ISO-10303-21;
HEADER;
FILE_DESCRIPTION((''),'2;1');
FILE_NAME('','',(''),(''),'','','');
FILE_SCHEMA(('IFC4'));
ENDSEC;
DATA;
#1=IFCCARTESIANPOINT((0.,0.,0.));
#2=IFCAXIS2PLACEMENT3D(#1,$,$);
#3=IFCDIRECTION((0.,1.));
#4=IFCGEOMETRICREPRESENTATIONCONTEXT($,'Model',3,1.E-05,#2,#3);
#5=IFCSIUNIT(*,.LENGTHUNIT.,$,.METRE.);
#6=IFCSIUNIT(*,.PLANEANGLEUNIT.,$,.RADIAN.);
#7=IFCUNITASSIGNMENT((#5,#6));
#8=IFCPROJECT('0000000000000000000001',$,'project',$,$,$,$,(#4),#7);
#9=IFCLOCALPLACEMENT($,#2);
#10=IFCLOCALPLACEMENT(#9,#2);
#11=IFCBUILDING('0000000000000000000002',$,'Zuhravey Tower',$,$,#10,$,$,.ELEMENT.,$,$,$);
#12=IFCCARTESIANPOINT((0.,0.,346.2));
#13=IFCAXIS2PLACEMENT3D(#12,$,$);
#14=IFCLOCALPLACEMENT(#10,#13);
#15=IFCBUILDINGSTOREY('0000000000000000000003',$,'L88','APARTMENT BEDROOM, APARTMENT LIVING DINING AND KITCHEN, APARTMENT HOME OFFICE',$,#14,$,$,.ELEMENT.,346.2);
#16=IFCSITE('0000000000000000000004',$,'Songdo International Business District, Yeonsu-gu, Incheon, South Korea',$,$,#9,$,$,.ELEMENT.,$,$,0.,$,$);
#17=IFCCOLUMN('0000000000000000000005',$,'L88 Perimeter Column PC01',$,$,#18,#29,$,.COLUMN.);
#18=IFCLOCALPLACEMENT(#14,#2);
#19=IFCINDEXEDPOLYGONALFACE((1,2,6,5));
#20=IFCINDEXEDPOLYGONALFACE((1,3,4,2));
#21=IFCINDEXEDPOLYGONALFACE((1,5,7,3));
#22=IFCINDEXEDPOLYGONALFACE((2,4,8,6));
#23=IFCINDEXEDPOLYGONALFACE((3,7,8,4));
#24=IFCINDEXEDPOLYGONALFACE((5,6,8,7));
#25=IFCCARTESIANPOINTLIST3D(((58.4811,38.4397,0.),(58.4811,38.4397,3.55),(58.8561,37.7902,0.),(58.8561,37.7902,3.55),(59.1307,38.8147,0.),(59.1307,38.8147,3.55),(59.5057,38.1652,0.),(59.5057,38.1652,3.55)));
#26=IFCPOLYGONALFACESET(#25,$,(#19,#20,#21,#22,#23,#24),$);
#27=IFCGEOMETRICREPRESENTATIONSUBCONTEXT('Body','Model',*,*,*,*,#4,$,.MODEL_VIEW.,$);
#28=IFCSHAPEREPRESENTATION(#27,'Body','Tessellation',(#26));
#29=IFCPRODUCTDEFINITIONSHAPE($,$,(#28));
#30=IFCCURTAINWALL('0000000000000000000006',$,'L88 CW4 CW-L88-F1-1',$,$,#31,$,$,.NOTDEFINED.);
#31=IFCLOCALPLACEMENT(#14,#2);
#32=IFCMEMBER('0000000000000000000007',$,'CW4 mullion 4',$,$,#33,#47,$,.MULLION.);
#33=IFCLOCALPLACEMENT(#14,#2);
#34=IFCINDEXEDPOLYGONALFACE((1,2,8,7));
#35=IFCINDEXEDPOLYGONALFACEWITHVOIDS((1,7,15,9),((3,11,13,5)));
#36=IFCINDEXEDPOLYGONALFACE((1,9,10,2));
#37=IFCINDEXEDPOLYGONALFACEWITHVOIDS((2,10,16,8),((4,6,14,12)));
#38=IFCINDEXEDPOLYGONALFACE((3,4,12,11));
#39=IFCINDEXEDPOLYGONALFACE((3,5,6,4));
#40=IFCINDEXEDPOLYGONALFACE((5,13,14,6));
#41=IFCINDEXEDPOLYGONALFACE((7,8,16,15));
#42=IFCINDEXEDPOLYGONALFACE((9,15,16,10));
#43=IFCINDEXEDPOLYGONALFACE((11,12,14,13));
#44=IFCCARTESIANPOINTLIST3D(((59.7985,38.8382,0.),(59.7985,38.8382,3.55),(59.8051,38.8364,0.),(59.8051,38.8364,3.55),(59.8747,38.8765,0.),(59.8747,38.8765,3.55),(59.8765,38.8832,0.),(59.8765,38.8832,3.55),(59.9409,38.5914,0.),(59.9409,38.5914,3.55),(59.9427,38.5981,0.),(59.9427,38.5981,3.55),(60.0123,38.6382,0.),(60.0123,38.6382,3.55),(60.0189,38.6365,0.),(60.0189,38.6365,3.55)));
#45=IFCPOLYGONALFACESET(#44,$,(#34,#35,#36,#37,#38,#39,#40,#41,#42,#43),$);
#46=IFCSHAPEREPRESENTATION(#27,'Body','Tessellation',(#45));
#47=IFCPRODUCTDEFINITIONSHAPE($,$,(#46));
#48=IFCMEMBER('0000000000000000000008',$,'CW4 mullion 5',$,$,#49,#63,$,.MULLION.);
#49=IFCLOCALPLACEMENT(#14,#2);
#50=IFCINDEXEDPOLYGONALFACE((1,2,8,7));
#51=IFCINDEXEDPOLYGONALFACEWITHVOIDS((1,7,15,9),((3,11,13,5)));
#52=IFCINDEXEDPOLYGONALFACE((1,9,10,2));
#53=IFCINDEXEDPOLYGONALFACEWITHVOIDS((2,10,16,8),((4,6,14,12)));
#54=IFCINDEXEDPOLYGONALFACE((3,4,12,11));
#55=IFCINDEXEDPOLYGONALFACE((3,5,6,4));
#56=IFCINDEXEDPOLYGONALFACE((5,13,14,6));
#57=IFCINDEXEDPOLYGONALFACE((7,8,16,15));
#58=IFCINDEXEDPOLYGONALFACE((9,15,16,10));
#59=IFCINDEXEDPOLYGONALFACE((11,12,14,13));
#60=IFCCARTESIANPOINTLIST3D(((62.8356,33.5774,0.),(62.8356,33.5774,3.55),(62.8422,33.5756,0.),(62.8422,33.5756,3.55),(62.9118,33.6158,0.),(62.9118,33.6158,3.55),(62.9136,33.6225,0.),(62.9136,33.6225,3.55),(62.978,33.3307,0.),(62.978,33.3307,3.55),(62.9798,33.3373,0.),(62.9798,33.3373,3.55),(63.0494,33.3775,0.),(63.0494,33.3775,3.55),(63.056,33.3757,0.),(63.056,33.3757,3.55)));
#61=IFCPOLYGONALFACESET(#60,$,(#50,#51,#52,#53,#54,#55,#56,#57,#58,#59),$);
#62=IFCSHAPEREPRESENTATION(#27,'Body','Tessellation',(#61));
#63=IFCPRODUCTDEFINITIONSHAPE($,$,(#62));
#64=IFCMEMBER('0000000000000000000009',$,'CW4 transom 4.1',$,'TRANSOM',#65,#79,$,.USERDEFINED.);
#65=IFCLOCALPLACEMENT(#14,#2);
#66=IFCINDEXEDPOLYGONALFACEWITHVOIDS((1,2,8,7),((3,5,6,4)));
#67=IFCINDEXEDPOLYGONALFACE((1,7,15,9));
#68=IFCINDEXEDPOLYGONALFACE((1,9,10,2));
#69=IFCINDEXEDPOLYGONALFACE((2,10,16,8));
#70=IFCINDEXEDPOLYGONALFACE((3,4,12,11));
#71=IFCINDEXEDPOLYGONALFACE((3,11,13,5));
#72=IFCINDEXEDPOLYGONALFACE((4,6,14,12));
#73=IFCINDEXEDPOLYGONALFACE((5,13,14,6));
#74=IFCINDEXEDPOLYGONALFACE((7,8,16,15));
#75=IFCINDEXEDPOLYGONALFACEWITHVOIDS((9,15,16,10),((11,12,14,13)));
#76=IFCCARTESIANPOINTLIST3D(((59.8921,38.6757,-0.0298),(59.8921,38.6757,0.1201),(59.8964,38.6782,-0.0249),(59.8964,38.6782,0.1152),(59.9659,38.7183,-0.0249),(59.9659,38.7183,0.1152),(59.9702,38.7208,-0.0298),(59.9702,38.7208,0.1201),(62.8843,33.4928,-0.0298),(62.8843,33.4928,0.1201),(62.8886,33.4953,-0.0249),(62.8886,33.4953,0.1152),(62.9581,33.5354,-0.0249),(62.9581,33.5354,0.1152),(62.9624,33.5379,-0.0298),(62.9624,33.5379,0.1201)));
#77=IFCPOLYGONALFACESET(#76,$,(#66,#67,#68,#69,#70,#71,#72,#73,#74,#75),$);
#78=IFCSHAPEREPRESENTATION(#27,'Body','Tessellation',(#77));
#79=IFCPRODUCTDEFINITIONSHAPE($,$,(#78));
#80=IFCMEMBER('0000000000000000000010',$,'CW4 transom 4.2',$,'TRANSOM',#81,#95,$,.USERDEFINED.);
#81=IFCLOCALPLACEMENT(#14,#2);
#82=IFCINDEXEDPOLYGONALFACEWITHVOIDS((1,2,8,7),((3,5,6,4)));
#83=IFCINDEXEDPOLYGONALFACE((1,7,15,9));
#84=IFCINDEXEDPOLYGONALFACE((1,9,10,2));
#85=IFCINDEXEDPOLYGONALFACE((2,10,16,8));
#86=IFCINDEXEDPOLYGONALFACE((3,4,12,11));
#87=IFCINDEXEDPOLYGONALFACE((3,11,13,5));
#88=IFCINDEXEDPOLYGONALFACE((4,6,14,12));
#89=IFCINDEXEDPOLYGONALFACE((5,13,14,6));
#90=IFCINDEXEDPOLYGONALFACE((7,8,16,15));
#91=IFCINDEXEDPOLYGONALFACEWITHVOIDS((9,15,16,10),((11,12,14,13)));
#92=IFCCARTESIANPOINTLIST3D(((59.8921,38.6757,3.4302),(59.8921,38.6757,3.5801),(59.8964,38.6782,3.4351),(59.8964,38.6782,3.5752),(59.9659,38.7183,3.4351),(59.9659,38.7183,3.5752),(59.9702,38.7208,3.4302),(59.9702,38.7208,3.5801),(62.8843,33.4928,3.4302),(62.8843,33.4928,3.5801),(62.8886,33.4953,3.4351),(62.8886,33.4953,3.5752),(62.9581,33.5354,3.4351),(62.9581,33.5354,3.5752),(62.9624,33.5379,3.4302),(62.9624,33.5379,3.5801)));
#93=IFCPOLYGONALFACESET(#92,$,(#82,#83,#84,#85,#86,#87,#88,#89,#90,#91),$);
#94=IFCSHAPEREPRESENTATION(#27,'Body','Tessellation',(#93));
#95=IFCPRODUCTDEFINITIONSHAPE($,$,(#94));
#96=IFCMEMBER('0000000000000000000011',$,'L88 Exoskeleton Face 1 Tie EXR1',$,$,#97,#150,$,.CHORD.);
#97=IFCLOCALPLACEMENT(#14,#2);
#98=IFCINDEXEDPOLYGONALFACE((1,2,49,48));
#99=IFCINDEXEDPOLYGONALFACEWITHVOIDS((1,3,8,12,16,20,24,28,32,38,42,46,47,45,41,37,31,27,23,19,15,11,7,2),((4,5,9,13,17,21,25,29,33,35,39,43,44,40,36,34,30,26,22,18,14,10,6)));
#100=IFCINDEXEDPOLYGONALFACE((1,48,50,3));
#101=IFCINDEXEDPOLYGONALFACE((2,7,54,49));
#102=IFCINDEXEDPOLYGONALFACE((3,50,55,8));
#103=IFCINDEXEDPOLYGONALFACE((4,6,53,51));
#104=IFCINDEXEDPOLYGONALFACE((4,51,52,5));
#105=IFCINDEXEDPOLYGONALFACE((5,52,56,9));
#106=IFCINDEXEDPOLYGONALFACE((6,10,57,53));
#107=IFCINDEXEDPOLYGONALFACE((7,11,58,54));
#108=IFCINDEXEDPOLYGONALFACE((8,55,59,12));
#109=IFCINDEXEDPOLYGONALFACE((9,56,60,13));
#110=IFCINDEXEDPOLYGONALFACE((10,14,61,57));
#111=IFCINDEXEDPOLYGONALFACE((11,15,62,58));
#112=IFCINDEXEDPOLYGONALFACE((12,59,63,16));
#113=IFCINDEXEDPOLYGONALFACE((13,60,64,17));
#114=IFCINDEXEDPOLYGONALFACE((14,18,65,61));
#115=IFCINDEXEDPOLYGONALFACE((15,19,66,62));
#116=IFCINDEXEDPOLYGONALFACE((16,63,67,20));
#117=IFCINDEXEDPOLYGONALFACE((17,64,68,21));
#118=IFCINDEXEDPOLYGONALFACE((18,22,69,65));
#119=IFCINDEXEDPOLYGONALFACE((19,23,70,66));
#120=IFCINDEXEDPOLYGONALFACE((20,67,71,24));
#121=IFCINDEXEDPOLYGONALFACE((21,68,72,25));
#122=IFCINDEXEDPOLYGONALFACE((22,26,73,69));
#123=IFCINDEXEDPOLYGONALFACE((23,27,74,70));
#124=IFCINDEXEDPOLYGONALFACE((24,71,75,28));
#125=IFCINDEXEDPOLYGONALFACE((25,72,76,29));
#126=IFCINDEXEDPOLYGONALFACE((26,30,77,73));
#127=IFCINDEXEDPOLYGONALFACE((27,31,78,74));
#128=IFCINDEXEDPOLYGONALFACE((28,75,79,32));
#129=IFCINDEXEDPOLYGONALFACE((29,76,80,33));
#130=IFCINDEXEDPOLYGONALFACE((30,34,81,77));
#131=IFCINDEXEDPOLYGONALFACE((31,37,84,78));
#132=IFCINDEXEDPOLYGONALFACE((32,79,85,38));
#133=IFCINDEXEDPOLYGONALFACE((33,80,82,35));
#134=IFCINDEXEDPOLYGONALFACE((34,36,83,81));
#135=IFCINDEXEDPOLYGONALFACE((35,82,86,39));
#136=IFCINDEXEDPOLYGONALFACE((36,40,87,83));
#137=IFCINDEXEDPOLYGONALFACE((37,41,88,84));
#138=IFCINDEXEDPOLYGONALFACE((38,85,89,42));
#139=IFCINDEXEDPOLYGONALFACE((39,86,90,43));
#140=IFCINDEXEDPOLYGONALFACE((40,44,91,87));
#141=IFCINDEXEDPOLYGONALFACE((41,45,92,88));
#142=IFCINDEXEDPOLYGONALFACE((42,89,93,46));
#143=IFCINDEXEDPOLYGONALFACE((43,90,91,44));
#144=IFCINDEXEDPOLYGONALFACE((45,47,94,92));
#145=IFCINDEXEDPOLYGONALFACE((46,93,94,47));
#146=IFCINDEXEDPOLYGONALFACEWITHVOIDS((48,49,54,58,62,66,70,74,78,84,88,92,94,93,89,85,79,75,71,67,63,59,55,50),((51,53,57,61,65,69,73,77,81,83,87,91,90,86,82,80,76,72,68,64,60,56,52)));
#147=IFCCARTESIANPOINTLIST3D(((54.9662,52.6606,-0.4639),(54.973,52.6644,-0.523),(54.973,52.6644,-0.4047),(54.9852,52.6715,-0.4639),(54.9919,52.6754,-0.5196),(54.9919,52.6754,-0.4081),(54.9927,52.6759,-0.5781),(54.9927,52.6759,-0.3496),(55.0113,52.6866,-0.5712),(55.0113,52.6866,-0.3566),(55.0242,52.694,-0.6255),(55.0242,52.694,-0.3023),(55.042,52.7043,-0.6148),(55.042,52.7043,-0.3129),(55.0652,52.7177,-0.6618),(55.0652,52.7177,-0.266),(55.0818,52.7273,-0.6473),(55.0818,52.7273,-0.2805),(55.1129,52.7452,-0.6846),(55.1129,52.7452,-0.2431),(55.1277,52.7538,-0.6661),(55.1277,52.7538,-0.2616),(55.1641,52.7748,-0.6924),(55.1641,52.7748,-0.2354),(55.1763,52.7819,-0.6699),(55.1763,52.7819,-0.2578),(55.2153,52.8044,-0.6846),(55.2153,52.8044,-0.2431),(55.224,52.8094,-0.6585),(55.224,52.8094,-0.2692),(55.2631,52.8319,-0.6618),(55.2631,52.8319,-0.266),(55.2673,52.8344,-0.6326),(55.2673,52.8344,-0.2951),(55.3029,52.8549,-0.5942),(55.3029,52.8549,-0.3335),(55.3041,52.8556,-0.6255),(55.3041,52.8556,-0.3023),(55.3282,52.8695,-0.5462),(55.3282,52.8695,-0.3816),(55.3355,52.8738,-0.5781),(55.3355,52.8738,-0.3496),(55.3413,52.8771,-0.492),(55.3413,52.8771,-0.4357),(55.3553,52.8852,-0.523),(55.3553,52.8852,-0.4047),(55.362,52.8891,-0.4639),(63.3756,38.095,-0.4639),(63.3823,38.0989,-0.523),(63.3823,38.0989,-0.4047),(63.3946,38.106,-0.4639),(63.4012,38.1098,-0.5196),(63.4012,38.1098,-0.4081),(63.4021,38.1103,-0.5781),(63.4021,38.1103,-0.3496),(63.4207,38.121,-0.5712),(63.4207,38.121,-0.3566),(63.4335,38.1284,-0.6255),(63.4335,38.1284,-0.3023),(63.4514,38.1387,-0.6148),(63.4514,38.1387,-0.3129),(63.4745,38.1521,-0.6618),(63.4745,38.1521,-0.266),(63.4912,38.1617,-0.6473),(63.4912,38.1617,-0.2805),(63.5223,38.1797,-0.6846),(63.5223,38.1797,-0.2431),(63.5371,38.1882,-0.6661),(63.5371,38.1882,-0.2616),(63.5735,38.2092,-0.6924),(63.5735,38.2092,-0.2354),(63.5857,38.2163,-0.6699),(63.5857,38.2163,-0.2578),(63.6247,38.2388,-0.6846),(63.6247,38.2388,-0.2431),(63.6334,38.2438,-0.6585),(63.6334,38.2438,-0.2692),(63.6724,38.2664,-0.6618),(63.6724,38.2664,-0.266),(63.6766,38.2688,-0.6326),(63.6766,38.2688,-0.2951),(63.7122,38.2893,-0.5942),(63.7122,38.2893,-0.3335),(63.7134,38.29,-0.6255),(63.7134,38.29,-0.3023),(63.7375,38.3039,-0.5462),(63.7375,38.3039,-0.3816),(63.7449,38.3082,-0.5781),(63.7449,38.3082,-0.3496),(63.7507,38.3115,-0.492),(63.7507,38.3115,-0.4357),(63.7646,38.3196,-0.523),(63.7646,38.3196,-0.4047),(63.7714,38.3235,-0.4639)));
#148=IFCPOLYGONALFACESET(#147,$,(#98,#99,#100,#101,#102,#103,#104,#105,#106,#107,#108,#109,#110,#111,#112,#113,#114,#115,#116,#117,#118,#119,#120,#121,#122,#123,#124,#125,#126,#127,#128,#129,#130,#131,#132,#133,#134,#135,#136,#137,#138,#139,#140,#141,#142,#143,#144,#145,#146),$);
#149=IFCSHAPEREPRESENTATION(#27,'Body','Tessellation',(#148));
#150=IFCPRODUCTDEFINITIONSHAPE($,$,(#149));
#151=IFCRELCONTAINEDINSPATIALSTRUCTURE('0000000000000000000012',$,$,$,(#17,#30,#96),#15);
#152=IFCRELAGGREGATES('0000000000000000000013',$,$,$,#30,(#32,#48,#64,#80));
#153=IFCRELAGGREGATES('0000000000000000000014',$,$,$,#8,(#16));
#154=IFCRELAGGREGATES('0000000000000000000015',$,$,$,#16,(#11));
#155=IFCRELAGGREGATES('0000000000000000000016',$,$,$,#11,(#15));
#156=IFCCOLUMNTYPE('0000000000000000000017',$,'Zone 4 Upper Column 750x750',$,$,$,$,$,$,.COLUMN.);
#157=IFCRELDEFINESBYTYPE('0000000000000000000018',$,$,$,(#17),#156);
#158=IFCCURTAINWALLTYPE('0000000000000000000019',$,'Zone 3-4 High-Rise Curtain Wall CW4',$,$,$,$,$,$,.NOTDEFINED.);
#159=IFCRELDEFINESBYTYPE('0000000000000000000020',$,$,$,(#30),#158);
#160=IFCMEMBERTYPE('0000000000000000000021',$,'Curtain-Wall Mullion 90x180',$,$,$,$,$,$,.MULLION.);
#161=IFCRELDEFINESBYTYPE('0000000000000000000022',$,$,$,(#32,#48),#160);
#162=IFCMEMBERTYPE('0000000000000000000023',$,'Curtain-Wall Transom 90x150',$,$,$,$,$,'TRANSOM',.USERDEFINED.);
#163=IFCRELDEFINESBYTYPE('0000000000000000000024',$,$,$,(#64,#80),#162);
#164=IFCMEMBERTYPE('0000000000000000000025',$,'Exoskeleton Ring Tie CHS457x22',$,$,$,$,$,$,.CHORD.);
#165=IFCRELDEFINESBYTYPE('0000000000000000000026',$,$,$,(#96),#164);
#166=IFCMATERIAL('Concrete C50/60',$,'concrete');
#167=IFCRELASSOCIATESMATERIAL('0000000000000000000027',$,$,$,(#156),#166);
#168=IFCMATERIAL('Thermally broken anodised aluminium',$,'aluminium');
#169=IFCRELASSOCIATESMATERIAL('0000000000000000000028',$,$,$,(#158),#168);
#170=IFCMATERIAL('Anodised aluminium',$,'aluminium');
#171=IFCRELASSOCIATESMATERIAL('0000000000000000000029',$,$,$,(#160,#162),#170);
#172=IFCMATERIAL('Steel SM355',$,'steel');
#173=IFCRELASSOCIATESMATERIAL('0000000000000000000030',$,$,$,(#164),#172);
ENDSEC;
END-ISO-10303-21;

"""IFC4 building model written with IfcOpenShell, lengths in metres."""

from ifc_helpers import new_model, si_unit, direction, frame, origin, origin_2d, place, context, subcontext, project, spatial, rectangle, hollow_rectangle, hollow_circle, extrude, material, material_profile, profile_set, type_object, element, aggregate, save


model = new_model("IFC4")

# Units and contexts
model_context = context("Model", 3, precision=1e-05, world=origin(), true_north=direction((0.0, 1.0)))
body_context = subcontext(model_context, "Body", "Model", "MODEL_VIEW")
ifc_project = project(units=[si_unit("LENGTHUNIT", "METRE"), si_unit("PLANEANGLEUNIT", "RADIAN")], contexts=[model_context])

# Site, building, storey
site_placement = place(None, origin())
site = spatial("IfcSite", under=ifc_project, at=site_placement, Name="Songdo International Business District, Yeonsu-gu, Incheon, South Korea", CompositionType="ELEMENT", RefElevation=0.0)
building_placement = place(site_placement, origin())
building = spatial("IfcBuilding", under=site, at=building_placement, Name="Zuhravey Tower", CompositionType="ELEMENT")
storey_placement = place(building_placement, frame((0.0, 0.0, 346.2)))
storey = spatial("IfcBuildingStorey", under=building, at=storey_placement, Name="L88", Description="APARTMENT BEDROOM, APARTMENT LIVING DINING AND KITCHEN, APARTMENT HOME OFFICE", CompositionType="ELEMENT", Elevation=346.2)

# Column
ifc_material_1 = material(Name="Concrete C50/60", Category="concrete")
ifc_material_profile_1 = material_profile(ifc_material_1, rectangle(XDim=0.75, YDim=0.75, at=origin_2d()), Name="RC-750x750")
ifc_profile_set_1 = profile_set([ifc_material_profile_1], Name="Concrete C50/60")
column_type = type_object("IfcColumnType", Name="Zone 4 Upper Column 750x750", PredefinedType="COLUMN", material=ifc_profile_set_1)
column_placement = place(storey_placement, frame((58.9934, 38.3025, 0.0), z_axis=(0.0, 0.0, 1.0), x_axis=(-0.5, 0.866025, 0.0)))
element("IfcColumn", 1, at=column_placement, inside=storey, type_object=column_type, Name="L88 Perimeter Column PC01", PredefinedType="COLUMN", context=body_context, shape_type="SweptSolid", body=[
    extrude(rectangle(XDim=0.75, YDim=0.75, at=origin_2d()), origin(), (0.0, 0.0, 1.0), 3.55),
])

# Curtain wall, members
ifc_material_2 = material(Name="Thermally broken anodised aluminium", Category="aluminium")
curtain_wall_type = type_object("IfcCurtainWallType", Name="Zone 3-4 High-Rise Curtain Wall CW4", PredefinedType="NOTDEFINED", material=ifc_material_2)
curtain_wall_placement = place(storey_placement, origin())
curtain_wall = element("IfcCurtainWall", 2, at=curtain_wall_placement, inside=storey, type_object=curtain_wall_type, Name="L88 CW4 CW-L88-F1-1", PredefinedType="NOTDEFINED")
ifc_material_3 = material(Name="Anodised aluminium", Category="aluminium")
ifc_material_profile_2 = material_profile(ifc_material_3, hollow_rectangle(XDim=0.0901, YDim=0.2849, WallThickness=0.0049, at=origin_2d()), Name="ALU-RHS-90x285x5")
ifc_profile_set_2 = profile_set([ifc_material_profile_2], Name="Anodised aluminium")
member_type_1 = type_object("IfcMemberType", Name="Curtain-Wall Mullion 90x180", PredefinedType="MULLION", material=ifc_profile_set_2)
member_1_placement = place(storey_placement, frame((59.9087, 38.7373, 0.0), z_axis=(0.0, 0.0, 1.0), x_axis=(0.866026, 0.5, 0.0)))
member_1 = element("IfcMember", 3, at=member_1_placement, type_object=member_type_1, Name="CW4 mullion 4", PredefinedType="MULLION", context=body_context, shape_type="SweptSolid", body=[
    extrude(hollow_rectangle(XDim=0.0901, YDim=0.2849, WallThickness=0.0049, at=origin_2d()), origin(), (0.0, 0.0, 1.0), 3.55),
])
member_2_placement = place(storey_placement, frame((62.9458, 33.4766, 0.0), z_axis=(0.0, 0.0, 1.0), x_axis=(0.866026, 0.5, 0.0)))
member_2 = element("IfcMember", 4, at=member_2_placement, type_object=member_type_1, Name="CW4 mullion 5", PredefinedType="MULLION", context=body_context, shape_type="SweptSolid", body=[
    extrude(hollow_rectangle(XDim=0.0901, YDim=0.2849, WallThickness=0.0049, at=origin_2d()), origin(), (0.0, 0.0, 1.0), 3.55),
])
ifc_material_profile_3 = material_profile(ifc_material_3, hollow_rectangle(XDim=0.0901, YDim=0.1499, WallThickness=0.0049, at=origin_2d()), Name="ALU-RHS-90x150x5")
ifc_profile_set_3 = profile_set([ifc_material_profile_3], Name="Anodised aluminium")
member_type_2 = type_object("IfcMemberType", Name="Curtain-Wall Transom 90x150", ElementType="TRANSOM", PredefinedType="USERDEFINED", material=ifc_profile_set_3)
member_3_placement = place(storey_placement, frame((59.9312, 38.6982, 0.0452), z_axis=(0.499983, -0.866035, 0.0), x_axis=(0.866035, 0.499983, 0.0)))
member_3 = element("IfcMember", 5, at=member_3_placement, type_object=member_type_2, Name="CW4 transom 4.1", ObjectType="TRANSOM", PredefinedType="USERDEFINED", context=body_context, shape_type="SweptSolid", body=[
    extrude(hollow_rectangle(XDim=0.0901, YDim=0.1499, WallThickness=0.0049, at=origin_2d()), origin(), (0.0, 0.0, 1.0), 5.9846),
])
member_4_placement = place(storey_placement, frame((59.9312, 38.6982, 3.5051), z_axis=(0.499983, -0.866035, 0.0), x_axis=(0.866035, 0.499983, 0.0)))
member_4 = element("IfcMember", 6, at=member_4_placement, type_object=member_type_2, Name="CW4 transom 4.2", ObjectType="TRANSOM", PredefinedType="USERDEFINED", context=body_context, shape_type="SweptSolid", body=[
    extrude(hollow_rectangle(XDim=0.0901, YDim=0.1499, WallThickness=0.0049, at=origin_2d()), origin(), (0.0, 0.0, 1.0), 5.9846),
])

# Member
ifc_material_4 = material(Name="Steel SM355", Category="steel")
ifc_material_profile_4 = material_profile(ifc_material_4, hollow_circle(Radius=0.2285, WallThickness=0.022, at=origin_2d()), Name="CHS-457.2x22")
ifc_profile_set_4 = profile_set([ifc_material_profile_4], Name="Steel SM355")
member_type_3 = type_object("IfcMemberType", Name="Exoskeleton Ring Tie CHS457x22", PredefinedType="CHORD", material=ifc_profile_set_4)
member_5_placement = place(storey_placement, frame((63.5735, 38.2092, -0.4639), z_axis=(-0.499997, 0.866027, 0.0), x_axis=(-0.866027, -0.499997, 0.0)))
element("IfcMember", 7, at=member_5_placement, inside=storey, type_object=member_type_3, Name="L88 Exoskeleton Face 1 Tie EXR1", PredefinedType="CHORD", context=body_context, shape_type="SweptSolid", body=[
    extrude(hollow_circle(Radius=0.2285, WallThickness=0.022, at=origin_2d()), origin(), (0.0, 0.0, 1.0), 16.8188),
])

aggregate(curtain_wall, [member_1, member_2, member_3, member_4])

save(model, "model.ifc")
